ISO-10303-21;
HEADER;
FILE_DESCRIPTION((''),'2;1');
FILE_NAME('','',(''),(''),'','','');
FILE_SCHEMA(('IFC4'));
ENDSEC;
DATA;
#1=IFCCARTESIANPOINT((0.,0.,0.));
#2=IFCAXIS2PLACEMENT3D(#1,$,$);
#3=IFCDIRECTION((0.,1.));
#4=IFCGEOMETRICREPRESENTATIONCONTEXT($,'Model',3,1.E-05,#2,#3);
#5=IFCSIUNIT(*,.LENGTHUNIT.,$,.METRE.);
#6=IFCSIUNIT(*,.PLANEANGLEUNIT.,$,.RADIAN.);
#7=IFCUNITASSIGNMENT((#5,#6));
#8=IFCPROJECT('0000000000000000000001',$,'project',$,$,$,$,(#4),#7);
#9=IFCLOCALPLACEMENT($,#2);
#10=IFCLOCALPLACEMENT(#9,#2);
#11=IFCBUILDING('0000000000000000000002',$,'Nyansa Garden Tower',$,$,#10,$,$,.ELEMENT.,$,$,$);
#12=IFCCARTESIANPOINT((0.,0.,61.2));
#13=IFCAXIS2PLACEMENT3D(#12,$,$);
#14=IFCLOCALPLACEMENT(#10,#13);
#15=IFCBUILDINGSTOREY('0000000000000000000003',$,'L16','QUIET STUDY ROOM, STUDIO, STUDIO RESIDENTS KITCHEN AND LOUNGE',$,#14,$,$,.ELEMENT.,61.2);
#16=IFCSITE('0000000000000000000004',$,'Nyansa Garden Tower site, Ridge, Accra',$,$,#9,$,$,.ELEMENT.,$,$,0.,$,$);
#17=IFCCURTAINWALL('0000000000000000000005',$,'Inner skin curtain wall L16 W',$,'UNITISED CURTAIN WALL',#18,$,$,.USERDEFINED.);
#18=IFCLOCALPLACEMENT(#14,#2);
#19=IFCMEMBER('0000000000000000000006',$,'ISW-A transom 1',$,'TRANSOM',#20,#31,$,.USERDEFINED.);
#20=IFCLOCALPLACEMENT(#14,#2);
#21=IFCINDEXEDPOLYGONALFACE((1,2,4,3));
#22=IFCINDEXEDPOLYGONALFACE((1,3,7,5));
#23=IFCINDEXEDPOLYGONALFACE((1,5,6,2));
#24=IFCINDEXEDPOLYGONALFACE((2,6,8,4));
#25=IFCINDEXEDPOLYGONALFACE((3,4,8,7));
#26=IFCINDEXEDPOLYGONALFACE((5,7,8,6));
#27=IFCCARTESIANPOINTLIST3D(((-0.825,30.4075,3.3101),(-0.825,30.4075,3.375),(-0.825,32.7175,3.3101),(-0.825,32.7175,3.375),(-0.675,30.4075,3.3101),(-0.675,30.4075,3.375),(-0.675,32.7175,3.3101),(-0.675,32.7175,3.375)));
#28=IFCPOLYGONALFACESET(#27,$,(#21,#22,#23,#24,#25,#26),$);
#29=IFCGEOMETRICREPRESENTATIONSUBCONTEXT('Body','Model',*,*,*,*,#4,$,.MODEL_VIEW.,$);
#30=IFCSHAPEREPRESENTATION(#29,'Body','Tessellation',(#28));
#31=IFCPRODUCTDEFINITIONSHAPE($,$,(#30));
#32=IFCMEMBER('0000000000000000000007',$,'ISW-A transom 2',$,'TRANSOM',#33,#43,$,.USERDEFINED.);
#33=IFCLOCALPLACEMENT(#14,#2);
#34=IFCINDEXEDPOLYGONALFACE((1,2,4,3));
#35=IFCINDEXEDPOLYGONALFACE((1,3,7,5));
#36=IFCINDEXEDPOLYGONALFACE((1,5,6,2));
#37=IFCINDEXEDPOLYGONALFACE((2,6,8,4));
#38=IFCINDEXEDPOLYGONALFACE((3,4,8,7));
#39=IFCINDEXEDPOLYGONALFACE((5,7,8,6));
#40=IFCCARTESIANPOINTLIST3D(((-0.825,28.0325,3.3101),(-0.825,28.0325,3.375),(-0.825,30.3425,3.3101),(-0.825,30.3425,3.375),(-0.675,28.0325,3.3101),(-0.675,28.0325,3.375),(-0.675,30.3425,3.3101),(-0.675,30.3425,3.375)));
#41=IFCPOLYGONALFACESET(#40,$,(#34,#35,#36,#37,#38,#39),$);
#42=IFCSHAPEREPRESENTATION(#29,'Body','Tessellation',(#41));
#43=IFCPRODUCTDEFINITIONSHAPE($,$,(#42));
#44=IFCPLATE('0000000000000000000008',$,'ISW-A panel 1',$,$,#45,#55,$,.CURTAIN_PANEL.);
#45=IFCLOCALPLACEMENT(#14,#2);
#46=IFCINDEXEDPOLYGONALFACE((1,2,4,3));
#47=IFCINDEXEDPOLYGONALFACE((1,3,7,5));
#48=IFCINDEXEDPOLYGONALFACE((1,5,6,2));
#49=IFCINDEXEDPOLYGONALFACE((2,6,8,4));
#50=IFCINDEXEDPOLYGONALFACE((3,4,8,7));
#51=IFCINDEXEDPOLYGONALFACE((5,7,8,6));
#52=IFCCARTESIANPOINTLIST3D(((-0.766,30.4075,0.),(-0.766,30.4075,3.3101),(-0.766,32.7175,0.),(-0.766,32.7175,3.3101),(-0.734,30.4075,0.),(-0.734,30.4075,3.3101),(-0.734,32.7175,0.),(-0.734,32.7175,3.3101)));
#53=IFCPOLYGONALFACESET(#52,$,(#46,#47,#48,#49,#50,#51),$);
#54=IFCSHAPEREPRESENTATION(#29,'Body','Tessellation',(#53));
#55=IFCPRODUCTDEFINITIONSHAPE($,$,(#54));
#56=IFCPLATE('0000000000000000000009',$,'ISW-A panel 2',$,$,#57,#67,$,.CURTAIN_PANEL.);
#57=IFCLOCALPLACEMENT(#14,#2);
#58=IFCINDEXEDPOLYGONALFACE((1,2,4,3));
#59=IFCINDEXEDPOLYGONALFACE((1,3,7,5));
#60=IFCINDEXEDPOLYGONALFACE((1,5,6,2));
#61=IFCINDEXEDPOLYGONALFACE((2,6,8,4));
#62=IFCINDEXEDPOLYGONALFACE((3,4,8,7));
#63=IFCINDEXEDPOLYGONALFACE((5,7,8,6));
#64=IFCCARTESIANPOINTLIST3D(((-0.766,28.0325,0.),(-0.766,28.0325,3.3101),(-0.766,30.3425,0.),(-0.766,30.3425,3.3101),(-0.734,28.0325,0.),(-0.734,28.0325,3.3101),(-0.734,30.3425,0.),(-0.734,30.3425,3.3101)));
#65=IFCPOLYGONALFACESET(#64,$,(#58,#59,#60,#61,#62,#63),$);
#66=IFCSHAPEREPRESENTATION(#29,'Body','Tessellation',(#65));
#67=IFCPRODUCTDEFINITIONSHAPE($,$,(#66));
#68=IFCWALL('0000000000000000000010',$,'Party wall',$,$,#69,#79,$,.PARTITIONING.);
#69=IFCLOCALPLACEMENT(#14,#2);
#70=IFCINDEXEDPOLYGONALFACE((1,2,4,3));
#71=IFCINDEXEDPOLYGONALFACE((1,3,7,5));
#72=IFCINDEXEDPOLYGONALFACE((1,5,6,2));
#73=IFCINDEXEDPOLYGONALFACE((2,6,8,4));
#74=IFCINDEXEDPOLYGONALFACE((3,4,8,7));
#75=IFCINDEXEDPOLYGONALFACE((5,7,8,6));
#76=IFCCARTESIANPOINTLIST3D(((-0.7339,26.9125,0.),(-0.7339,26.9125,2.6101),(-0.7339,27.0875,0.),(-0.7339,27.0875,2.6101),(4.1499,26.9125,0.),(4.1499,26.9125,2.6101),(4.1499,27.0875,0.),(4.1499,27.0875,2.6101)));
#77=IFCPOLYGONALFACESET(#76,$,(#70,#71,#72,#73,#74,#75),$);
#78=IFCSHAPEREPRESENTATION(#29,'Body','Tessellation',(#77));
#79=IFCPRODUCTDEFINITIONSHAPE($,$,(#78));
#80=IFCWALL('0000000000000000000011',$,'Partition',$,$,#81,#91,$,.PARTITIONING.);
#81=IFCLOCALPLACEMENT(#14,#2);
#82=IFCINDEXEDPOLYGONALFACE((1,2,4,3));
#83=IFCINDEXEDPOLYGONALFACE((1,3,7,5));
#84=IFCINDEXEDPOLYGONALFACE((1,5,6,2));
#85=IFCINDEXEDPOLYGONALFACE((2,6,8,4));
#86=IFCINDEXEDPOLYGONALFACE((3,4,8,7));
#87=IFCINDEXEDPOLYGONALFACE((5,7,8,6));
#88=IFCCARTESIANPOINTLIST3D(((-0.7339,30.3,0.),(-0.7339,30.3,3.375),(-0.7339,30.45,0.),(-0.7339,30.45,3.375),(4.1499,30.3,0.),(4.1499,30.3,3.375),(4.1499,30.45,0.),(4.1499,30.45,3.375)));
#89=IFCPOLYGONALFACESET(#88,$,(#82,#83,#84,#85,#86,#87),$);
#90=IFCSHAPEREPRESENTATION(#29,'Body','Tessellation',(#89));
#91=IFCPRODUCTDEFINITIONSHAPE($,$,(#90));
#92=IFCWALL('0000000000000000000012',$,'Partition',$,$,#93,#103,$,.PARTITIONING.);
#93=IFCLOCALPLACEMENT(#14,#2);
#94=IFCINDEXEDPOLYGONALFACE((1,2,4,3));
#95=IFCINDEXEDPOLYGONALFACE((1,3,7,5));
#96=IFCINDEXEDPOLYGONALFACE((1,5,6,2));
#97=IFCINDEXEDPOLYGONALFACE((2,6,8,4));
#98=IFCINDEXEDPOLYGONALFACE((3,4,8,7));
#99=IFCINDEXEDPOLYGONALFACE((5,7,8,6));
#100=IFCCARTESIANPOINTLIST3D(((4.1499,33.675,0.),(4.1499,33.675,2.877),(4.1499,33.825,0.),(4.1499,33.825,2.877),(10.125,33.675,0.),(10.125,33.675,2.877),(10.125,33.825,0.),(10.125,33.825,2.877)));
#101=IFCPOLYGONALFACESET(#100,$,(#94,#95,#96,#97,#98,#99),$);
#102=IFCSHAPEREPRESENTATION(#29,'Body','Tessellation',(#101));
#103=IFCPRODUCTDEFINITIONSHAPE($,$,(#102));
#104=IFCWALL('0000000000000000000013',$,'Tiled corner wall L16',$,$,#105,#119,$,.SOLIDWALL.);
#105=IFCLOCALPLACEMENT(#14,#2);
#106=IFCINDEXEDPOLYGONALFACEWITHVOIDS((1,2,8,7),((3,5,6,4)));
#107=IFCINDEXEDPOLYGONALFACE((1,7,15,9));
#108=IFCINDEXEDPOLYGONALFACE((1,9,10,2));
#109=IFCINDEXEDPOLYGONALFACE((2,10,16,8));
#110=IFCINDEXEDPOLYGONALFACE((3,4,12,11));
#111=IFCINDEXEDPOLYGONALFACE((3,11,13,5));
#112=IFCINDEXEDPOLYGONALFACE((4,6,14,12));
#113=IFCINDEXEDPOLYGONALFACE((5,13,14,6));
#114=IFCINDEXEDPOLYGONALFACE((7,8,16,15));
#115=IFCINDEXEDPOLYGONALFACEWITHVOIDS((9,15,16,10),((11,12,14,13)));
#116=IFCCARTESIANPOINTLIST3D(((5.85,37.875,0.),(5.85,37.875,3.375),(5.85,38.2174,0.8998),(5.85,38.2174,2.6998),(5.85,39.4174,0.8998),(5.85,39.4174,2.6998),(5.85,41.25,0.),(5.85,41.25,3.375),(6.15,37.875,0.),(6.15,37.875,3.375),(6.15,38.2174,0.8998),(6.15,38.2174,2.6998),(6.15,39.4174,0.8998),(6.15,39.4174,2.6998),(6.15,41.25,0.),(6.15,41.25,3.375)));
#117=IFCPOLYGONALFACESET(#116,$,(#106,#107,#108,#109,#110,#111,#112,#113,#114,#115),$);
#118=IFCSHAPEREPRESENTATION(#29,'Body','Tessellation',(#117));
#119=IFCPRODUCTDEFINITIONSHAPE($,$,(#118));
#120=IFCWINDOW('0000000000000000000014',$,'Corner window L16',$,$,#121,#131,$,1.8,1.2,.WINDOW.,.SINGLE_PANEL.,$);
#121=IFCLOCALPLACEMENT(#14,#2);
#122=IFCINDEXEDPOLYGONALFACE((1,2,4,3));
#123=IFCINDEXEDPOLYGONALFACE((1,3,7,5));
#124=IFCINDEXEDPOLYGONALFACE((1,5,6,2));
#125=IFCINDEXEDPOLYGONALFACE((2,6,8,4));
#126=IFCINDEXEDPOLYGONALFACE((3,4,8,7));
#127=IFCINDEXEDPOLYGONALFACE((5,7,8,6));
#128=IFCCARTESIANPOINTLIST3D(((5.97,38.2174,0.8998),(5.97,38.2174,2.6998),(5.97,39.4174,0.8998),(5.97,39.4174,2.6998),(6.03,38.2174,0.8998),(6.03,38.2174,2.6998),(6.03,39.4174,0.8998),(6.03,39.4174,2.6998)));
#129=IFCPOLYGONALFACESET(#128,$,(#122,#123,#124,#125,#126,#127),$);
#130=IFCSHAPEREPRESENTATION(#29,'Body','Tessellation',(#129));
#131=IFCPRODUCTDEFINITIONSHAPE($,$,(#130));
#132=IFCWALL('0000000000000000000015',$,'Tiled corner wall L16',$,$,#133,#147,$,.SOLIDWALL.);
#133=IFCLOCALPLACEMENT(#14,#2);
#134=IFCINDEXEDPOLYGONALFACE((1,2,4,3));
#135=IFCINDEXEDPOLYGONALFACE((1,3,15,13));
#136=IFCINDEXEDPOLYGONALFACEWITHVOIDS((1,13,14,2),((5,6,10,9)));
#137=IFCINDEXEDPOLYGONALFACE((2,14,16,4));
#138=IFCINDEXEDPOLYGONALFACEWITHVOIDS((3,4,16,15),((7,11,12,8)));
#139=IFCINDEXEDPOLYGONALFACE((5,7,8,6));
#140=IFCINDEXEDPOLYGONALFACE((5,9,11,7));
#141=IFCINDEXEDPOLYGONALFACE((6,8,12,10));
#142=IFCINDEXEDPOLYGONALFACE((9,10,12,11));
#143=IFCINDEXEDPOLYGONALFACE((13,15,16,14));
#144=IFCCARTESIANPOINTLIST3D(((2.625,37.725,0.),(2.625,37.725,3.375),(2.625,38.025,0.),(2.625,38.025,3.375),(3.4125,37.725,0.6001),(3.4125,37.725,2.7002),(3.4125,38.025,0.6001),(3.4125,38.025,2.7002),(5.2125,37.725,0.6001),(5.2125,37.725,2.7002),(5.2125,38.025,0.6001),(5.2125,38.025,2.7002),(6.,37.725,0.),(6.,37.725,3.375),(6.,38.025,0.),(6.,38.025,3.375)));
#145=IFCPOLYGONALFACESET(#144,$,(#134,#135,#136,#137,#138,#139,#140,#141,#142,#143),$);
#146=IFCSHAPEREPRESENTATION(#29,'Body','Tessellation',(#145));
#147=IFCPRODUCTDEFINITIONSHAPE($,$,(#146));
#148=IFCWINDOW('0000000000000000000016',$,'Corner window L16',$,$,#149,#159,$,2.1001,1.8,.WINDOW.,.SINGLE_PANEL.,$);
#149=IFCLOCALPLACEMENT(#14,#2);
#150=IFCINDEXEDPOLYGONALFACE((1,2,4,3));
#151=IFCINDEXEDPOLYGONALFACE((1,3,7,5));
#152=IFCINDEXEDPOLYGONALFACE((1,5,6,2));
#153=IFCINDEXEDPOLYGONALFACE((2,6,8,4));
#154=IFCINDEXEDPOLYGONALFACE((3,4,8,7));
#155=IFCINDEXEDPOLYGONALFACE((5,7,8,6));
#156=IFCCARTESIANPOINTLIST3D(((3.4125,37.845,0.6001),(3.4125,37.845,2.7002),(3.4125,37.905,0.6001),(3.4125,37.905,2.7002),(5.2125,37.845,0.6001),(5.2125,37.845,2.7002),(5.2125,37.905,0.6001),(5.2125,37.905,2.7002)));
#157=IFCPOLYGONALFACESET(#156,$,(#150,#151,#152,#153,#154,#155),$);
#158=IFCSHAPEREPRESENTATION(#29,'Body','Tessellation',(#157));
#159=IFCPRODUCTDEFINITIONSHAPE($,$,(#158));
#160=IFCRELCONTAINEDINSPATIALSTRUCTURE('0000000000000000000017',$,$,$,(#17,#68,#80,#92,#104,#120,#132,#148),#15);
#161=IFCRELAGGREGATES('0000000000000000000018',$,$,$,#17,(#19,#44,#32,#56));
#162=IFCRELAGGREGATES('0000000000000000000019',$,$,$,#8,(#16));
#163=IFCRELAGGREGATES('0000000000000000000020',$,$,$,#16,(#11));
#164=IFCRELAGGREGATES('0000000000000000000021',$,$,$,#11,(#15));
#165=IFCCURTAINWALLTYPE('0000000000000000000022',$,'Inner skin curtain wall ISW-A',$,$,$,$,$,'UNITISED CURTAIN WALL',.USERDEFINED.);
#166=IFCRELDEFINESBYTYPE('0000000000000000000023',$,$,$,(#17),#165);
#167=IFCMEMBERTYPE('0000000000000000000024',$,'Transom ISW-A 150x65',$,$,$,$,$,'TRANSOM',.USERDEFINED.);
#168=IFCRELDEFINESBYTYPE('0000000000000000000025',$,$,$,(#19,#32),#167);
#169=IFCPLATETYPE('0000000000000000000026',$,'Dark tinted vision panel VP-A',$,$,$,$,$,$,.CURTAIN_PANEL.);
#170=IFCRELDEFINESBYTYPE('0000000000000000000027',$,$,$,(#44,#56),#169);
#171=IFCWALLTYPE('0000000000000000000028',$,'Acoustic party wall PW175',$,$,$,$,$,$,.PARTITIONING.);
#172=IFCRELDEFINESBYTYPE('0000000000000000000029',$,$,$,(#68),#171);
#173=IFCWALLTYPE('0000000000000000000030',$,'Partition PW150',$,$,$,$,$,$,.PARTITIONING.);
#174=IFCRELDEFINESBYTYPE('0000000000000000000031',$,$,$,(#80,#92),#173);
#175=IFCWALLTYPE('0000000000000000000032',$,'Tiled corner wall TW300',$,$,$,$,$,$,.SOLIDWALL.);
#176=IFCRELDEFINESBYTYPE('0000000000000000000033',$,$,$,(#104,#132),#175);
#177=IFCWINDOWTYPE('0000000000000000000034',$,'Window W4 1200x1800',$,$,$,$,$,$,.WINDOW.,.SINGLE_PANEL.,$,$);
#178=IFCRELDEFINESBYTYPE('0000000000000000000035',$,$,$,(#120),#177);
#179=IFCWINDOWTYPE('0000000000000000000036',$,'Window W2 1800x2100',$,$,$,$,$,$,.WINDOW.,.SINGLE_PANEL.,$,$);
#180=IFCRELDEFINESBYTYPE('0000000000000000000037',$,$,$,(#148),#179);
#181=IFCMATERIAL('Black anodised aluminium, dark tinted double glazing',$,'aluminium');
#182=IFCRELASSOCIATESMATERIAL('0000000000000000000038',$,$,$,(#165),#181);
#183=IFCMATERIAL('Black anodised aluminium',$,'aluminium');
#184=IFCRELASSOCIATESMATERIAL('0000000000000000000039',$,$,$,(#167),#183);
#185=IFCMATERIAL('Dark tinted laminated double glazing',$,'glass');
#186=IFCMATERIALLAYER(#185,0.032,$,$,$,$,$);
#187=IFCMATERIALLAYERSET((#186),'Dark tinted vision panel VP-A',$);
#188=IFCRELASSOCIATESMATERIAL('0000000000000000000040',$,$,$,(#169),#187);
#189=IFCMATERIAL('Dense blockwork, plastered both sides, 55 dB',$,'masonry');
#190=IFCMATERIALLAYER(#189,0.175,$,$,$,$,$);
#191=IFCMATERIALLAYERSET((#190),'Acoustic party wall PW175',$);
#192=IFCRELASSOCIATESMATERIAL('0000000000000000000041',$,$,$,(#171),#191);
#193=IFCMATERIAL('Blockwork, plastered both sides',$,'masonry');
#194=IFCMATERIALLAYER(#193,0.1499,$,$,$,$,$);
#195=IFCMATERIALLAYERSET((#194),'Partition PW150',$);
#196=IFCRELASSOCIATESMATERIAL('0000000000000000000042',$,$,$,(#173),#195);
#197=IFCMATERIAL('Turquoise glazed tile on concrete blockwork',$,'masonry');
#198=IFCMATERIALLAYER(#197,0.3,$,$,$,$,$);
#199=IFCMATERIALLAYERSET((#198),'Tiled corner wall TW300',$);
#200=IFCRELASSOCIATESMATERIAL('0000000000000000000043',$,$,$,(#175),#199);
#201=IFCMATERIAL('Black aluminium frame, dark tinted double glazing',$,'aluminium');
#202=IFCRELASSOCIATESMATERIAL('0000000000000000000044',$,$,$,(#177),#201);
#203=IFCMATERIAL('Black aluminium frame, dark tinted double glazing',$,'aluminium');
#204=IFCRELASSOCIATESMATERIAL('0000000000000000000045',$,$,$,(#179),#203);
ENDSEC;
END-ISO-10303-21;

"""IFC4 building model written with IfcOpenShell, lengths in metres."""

from ifc_helpers import new_model, si_unit, direction, frame, frame_2d, origin, origin_2d, place, context, subcontext, project, spatial, rectangle, extrude, material, layer, layer_set, material_profile, profile_set, type_object, element, fill, aggregate, save


model = new_model("IFC4")

# Units and contexts
model_context = context("Model", 3, precision=1e-05, world=origin(), true_north=direction((0.0, 1.0)))
body_context = subcontext(model_context, "Body", "Model", "MODEL_VIEW")
ifc_project = project(units=[si_unit("LENGTHUNIT", "METRE"), si_unit("PLANEANGLEUNIT", "RADIAN")], contexts=[model_context])

# Site, building, storey
site_placement = place(None, origin())
site = spatial("IfcSite", under=ifc_project, at=site_placement, Name="Nyansa Garden Tower site, Ridge, Accra", CompositionType="ELEMENT", RefElevation=0.0)
building_placement = place(site_placement, origin())
building = spatial("IfcBuilding", under=site, at=building_placement, Name="Nyansa Garden Tower", CompositionType="ELEMENT")
storey_placement = place(building_placement, frame((0.0, 0.0, 61.2)))
storey = spatial("IfcBuildingStorey", under=building, at=storey_placement, Name="L16", Description="QUIET STUDY ROOM, STUDIO, STUDIO RESIDENTS KITCHEN AND LOUNGE", CompositionType="ELEMENT", Elevation=61.2)

# Curtain wall
ifc_material_1 = material(Name="Black anodised aluminium, dark tinted double glazing", Category="aluminium")
curtain_wall_type = type_object("IfcCurtainWallType", Name="Inner skin curtain wall ISW-A", ElementType="UNITISED CURTAIN WALL", PredefinedType="USERDEFINED", material=ifc_material_1)
curtain_wall_placement = place(storey_placement, origin())
curtain_wall = element("IfcCurtainWall", 1, at=curtain_wall_placement, inside=storey, type_object=curtain_wall_type, Name="Inner skin curtain wall L16 W", ObjectType="UNITISED CURTAIN WALL", PredefinedType="USERDEFINED")

# Members
ifc_material_2 = material(Name="Black anodised aluminium", Category="aluminium")
ifc_material_profile_1 = material_profile(ifc_material_2, rectangle(XDim=0.1499, YDim=0.0649, at=origin_2d()), Name="Transom 150x65")
ifc_profile_set_1 = profile_set([ifc_material_profile_1], Name="Black anodised aluminium")
member_type_1 = type_object("IfcMemberType", Name="Transom ISW-A 150x65", ElementType="TRANSOM", PredefinedType="USERDEFINED", material=ifc_profile_set_1)
member_1_placement = place(storey_placement, frame((-0.75, 32.7175, 3.3425), z_axis=(0.0, -1.0, 0.0), x_axis=(1.0, 0.0, 0.0)))
member_1 = element("IfcMember", 2, at=member_1_placement, type_object=member_type_1, Name="ISW-A transom 1", ObjectType="TRANSOM", PredefinedType="USERDEFINED", context=body_context, shape_type="SweptSolid", body=[
    extrude(rectangle(XDim=0.1499, YDim=0.0649, at=origin_2d()), origin(), (0.0, 0.0, 1.0), 2.3101),
])
member_2_placement = place(storey_placement, frame((-0.75, 30.3425, 3.3425), z_axis=(0.0, -1.0, 0.0), x_axis=(1.0, 0.0, 0.0)))
member_2 = element("IfcMember", 3, at=member_2_placement, type_object=member_type_1, Name="ISW-A transom 2", ObjectType="TRANSOM", PredefinedType="USERDEFINED", context=body_context, shape_type="SweptSolid", body=[
    extrude(rectangle(XDim=0.1499, YDim=0.0649, at=origin_2d()), origin(), (0.0, 0.0, 1.0), 2.3101),
])

# Plates
ifc_material_3 = material(Name="Dark tinted laminated double glazing", Category="glass")
ifc_layer_1 = layer(ifc_material_3, 0.032)
ifc_layer_set_1 = layer_set([ifc_layer_1], Name="Dark tinted vision panel VP-A")
plate_type = type_object("IfcPlateType", Name="Dark tinted vision panel VP-A", PredefinedType="CURTAIN_PANEL", material=ifc_layer_set_1)
plate_1_placement = place(storey_placement, frame((-0.75, 31.5625, 0.0), z_axis=(0.0, 0.0, 1.0), x_axis=(0.0, -1.0, 0.0)))
plate_1 = element("IfcPlate", 4, at=plate_1_placement, type_object=plate_type, Name="ISW-A panel 1", PredefinedType="CURTAIN_PANEL", context=body_context, shape_type="SweptSolid", body=[
    extrude(rectangle(XDim=2.3101, YDim=0.032, at=origin_2d()), origin(), (0.0, 0.0, 1.0), 3.3101),
])
plate_2_placement = place(storey_placement, frame((-0.75, 29.1875, 0.0), z_axis=(0.0, 0.0, 1.0), x_axis=(0.0, -1.0, 0.0)))
plate_2 = element("IfcPlate", 5, at=plate_2_placement, type_object=plate_type, Name="ISW-A panel 2", PredefinedType="CURTAIN_PANEL", context=body_context, shape_type="SweptSolid", body=[
    extrude(rectangle(XDim=2.3101, YDim=0.032, at=origin_2d()), origin(), (0.0, 0.0, 1.0), 3.3101),
])
aggregate(curtain_wall, [member_1, plate_1, member_2, plate_2])

# Walls
ifc_material_4 = material(Name="Dense blockwork, plastered both sides, 55 dB", Category="masonry")
ifc_layer_2 = layer(ifc_material_4, 0.175)
ifc_layer_set_2 = layer_set([ifc_layer_2], Name="Acoustic party wall PW175")
wall_type_1 = type_object("IfcWallType", Name="Acoustic party wall PW175", PredefinedType="PARTITIONING", material=ifc_layer_set_2)
wall_1_placement = place(storey_placement, frame((-0.7339, 27.0, 0.0), z_axis=(0.0, 0.0, 1.0), x_axis=(1.0, 0.0, 0.0)))
element("IfcWall", 6, at=wall_1_placement, inside=storey, type_object=wall_type_1, Name="Party wall", PredefinedType="PARTITIONING", context=body_context, shape_type="SweptSolid", body=[
    extrude(rectangle(XDim=4.8838, YDim=0.175, at=frame_2d((2.4419, 0.0))), origin(), (0.0, 0.0, 1.0), 2.6101),
])
ifc_material_5 = material(Name="Blockwork, plastered both sides", Category="masonry")
ifc_layer_3 = layer(ifc_material_5, 0.1499)
ifc_layer_set_3 = layer_set([ifc_layer_3], Name="Partition PW150")
wall_type_2 = type_object("IfcWallType", Name="Partition PW150", PredefinedType="PARTITIONING", material=ifc_layer_set_3)
wall_2_placement = place(storey_placement, frame((-0.7339, 30.375, 0.0), z_axis=(0.0, 0.0, 1.0), x_axis=(1.0, 0.0, 0.0)))
element("IfcWall", 7, at=wall_2_placement, inside=storey, type_object=wall_type_2, Name="Partition", PredefinedType="PARTITIONING", context=body_context, shape_type="SweptSolid", body=[
    extrude(rectangle(XDim=4.8838, YDim=0.1499, at=frame_2d((2.4419, 0.0))), origin(), (0.0, 0.0, 1.0), 3.375),
])
wall_3_placement = place(storey_placement, frame((4.1499, 33.75, 0.0), z_axis=(0.0, 0.0, 1.0), x_axis=(1.0, 0.0, 0.0)))
element("IfcWall", 8, at=wall_3_placement, inside=storey, type_object=wall_type_2, Name="Partition", PredefinedType="PARTITIONING", context=body_context, shape_type="SweptSolid", body=[
    extrude(rectangle(XDim=5.9751, YDim=0.1499, at=frame_2d((2.9875, 0.0))), origin(), (0.0, 0.0, 1.0), 2.877),
])

# Walls, openings, windows
ifc_material_6 = material(Name="Turquoise glazed tile on concrete blockwork", Category="masonry")
ifc_layer_4 = layer(ifc_material_6, 0.3)
ifc_layer_set_4 = layer_set([ifc_layer_4], Name="Tiled corner wall TW300")
wall_type_3 = type_object("IfcWallType", Name="Tiled corner wall TW300", PredefinedType="SOLIDWALL", material=ifc_layer_set_4)
wall_4_placement = place(storey_placement, frame((6.0, 41.25, 0.0), z_axis=(0.0, 0.0, 1.0), x_axis=(0.0, -1.0, 0.0)))
wall_4 = element("IfcWall", 9, at=wall_4_placement, inside=storey, type_object=wall_type_3, Name="Tiled corner wall L16", PredefinedType="SOLIDWALL", context=body_context, shape_type="SweptSolid", body=[
    extrude(rectangle(XDim=3.375, YDim=0.3, at=frame_2d((1.6875, 0.0))), origin(), (0.0, 0.0, 1.0), 3.375),
])
opening_1_placement = place(wall_4_placement, frame((1.8325, 0.0, 0.8999)))
opening_1 = element("IfcOpeningElement", 10, at=opening_1_placement, cuts=wall_4, PredefinedType="OPENING", context=body_context, shape_type="SweptSolid", body=[
    extrude(rectangle(XDim=1.2, YDim=1.8, at=frame_2d((0.6001, 0.8999))), frame((0.0, 0.1599, 0.0), z_axis=(0.0, -1.0, 0.0), x_axis=(1.0, 0.0, 0.0)), (0.0, 0.0, 1.0), 0.3201),
])
ifc_material_7 = material(Name="Black aluminium frame, dark tinted double glazing", Category="aluminium")
window_type_1 = type_object("IfcWindowType", Name="Window W4 1200x1800", PartitioningType="SINGLE_PANEL", PredefinedType="WINDOW", material=ifc_material_7)
window_1_placement = place(opening_1_placement, origin())
window_1 = element("IfcWindow", 11, at=window_1_placement, inside=storey, type_object=window_type_1, Name="Corner window L16", OverallHeight=1.8, OverallWidth=1.2, PartitioningType="SINGLE_PANEL", PredefinedType="WINDOW", context=body_context, shape_type="SweptSolid", body=[
    extrude(rectangle(XDim=1.2, YDim=1.8, at=frame_2d((0.6001, 0.8999))), frame((0.0, 0.03, 0.0), z_axis=(0.0, -1.0, 0.0), x_axis=(1.0, 0.0, 0.0)), (0.0, 0.0, 1.0), 0.0601),
])
fill(opening_1, window_1)
wall_5_placement = place(storey_placement, frame((6.0, 37.875, 0.0), z_axis=(0.0, 0.0, 1.0), x_axis=(-1.0, 0.0, 0.0)))
wall_5 = element("IfcWall", 12, at=wall_5_placement, inside=storey, type_object=wall_type_3, Name="Tiled corner wall L16", PredefinedType="SOLIDWALL", context=body_context, shape_type="SweptSolid", body=[
    extrude(rectangle(XDim=3.375, YDim=0.3, at=frame_2d((1.6875, 0.0))), origin(), (0.0, 0.0, 1.0), 3.375),
])
opening_2_placement = place(wall_5_placement, frame((0.7876, 0.0, 0.6001)))
opening_2 = element("IfcOpeningElement", 13, at=opening_2_placement, cuts=wall_5, PredefinedType="OPENING", context=body_context, shape_type="SweptSolid", body=[
    extrude(rectangle(XDim=1.8, YDim=2.1001, at=frame_2d((0.8999, 1.05))), frame((0.0, 0.1599, 0.0), z_axis=(0.0, -1.0, 0.0), x_axis=(1.0, 0.0, 0.0)), (0.0, 0.0, 1.0), 0.3201),
])
ifc_material_8 = material(Name="Black aluminium frame, dark tinted double glazing", Category="aluminium")
window_type_2 = type_object("IfcWindowType", Name="Window W2 1800x2100", PartitioningType="SINGLE_PANEL", PredefinedType="WINDOW", material=ifc_material_8)
window_2_placement = place(opening_2_placement, origin())
window_2 = element("IfcWindow", 14, at=window_2_placement, inside=storey, type_object=window_type_2, Name="Corner window L16", OverallHeight=2.1001, OverallWidth=1.8, PartitioningType="SINGLE_PANEL", PredefinedType="WINDOW", context=body_context, shape_type="SweptSolid", body=[
    extrude(rectangle(XDim=1.8, YDim=2.1001, at=frame_2d((0.8999, 1.05))), frame((0.0, 0.03, 0.0), z_axis=(0.0, -1.0, 0.0), x_axis=(1.0, 0.0, 0.0)), (0.0, 0.0, 1.0), 0.0601),
])
fill(opening_2, window_2)

save(model, "model.ifc")
